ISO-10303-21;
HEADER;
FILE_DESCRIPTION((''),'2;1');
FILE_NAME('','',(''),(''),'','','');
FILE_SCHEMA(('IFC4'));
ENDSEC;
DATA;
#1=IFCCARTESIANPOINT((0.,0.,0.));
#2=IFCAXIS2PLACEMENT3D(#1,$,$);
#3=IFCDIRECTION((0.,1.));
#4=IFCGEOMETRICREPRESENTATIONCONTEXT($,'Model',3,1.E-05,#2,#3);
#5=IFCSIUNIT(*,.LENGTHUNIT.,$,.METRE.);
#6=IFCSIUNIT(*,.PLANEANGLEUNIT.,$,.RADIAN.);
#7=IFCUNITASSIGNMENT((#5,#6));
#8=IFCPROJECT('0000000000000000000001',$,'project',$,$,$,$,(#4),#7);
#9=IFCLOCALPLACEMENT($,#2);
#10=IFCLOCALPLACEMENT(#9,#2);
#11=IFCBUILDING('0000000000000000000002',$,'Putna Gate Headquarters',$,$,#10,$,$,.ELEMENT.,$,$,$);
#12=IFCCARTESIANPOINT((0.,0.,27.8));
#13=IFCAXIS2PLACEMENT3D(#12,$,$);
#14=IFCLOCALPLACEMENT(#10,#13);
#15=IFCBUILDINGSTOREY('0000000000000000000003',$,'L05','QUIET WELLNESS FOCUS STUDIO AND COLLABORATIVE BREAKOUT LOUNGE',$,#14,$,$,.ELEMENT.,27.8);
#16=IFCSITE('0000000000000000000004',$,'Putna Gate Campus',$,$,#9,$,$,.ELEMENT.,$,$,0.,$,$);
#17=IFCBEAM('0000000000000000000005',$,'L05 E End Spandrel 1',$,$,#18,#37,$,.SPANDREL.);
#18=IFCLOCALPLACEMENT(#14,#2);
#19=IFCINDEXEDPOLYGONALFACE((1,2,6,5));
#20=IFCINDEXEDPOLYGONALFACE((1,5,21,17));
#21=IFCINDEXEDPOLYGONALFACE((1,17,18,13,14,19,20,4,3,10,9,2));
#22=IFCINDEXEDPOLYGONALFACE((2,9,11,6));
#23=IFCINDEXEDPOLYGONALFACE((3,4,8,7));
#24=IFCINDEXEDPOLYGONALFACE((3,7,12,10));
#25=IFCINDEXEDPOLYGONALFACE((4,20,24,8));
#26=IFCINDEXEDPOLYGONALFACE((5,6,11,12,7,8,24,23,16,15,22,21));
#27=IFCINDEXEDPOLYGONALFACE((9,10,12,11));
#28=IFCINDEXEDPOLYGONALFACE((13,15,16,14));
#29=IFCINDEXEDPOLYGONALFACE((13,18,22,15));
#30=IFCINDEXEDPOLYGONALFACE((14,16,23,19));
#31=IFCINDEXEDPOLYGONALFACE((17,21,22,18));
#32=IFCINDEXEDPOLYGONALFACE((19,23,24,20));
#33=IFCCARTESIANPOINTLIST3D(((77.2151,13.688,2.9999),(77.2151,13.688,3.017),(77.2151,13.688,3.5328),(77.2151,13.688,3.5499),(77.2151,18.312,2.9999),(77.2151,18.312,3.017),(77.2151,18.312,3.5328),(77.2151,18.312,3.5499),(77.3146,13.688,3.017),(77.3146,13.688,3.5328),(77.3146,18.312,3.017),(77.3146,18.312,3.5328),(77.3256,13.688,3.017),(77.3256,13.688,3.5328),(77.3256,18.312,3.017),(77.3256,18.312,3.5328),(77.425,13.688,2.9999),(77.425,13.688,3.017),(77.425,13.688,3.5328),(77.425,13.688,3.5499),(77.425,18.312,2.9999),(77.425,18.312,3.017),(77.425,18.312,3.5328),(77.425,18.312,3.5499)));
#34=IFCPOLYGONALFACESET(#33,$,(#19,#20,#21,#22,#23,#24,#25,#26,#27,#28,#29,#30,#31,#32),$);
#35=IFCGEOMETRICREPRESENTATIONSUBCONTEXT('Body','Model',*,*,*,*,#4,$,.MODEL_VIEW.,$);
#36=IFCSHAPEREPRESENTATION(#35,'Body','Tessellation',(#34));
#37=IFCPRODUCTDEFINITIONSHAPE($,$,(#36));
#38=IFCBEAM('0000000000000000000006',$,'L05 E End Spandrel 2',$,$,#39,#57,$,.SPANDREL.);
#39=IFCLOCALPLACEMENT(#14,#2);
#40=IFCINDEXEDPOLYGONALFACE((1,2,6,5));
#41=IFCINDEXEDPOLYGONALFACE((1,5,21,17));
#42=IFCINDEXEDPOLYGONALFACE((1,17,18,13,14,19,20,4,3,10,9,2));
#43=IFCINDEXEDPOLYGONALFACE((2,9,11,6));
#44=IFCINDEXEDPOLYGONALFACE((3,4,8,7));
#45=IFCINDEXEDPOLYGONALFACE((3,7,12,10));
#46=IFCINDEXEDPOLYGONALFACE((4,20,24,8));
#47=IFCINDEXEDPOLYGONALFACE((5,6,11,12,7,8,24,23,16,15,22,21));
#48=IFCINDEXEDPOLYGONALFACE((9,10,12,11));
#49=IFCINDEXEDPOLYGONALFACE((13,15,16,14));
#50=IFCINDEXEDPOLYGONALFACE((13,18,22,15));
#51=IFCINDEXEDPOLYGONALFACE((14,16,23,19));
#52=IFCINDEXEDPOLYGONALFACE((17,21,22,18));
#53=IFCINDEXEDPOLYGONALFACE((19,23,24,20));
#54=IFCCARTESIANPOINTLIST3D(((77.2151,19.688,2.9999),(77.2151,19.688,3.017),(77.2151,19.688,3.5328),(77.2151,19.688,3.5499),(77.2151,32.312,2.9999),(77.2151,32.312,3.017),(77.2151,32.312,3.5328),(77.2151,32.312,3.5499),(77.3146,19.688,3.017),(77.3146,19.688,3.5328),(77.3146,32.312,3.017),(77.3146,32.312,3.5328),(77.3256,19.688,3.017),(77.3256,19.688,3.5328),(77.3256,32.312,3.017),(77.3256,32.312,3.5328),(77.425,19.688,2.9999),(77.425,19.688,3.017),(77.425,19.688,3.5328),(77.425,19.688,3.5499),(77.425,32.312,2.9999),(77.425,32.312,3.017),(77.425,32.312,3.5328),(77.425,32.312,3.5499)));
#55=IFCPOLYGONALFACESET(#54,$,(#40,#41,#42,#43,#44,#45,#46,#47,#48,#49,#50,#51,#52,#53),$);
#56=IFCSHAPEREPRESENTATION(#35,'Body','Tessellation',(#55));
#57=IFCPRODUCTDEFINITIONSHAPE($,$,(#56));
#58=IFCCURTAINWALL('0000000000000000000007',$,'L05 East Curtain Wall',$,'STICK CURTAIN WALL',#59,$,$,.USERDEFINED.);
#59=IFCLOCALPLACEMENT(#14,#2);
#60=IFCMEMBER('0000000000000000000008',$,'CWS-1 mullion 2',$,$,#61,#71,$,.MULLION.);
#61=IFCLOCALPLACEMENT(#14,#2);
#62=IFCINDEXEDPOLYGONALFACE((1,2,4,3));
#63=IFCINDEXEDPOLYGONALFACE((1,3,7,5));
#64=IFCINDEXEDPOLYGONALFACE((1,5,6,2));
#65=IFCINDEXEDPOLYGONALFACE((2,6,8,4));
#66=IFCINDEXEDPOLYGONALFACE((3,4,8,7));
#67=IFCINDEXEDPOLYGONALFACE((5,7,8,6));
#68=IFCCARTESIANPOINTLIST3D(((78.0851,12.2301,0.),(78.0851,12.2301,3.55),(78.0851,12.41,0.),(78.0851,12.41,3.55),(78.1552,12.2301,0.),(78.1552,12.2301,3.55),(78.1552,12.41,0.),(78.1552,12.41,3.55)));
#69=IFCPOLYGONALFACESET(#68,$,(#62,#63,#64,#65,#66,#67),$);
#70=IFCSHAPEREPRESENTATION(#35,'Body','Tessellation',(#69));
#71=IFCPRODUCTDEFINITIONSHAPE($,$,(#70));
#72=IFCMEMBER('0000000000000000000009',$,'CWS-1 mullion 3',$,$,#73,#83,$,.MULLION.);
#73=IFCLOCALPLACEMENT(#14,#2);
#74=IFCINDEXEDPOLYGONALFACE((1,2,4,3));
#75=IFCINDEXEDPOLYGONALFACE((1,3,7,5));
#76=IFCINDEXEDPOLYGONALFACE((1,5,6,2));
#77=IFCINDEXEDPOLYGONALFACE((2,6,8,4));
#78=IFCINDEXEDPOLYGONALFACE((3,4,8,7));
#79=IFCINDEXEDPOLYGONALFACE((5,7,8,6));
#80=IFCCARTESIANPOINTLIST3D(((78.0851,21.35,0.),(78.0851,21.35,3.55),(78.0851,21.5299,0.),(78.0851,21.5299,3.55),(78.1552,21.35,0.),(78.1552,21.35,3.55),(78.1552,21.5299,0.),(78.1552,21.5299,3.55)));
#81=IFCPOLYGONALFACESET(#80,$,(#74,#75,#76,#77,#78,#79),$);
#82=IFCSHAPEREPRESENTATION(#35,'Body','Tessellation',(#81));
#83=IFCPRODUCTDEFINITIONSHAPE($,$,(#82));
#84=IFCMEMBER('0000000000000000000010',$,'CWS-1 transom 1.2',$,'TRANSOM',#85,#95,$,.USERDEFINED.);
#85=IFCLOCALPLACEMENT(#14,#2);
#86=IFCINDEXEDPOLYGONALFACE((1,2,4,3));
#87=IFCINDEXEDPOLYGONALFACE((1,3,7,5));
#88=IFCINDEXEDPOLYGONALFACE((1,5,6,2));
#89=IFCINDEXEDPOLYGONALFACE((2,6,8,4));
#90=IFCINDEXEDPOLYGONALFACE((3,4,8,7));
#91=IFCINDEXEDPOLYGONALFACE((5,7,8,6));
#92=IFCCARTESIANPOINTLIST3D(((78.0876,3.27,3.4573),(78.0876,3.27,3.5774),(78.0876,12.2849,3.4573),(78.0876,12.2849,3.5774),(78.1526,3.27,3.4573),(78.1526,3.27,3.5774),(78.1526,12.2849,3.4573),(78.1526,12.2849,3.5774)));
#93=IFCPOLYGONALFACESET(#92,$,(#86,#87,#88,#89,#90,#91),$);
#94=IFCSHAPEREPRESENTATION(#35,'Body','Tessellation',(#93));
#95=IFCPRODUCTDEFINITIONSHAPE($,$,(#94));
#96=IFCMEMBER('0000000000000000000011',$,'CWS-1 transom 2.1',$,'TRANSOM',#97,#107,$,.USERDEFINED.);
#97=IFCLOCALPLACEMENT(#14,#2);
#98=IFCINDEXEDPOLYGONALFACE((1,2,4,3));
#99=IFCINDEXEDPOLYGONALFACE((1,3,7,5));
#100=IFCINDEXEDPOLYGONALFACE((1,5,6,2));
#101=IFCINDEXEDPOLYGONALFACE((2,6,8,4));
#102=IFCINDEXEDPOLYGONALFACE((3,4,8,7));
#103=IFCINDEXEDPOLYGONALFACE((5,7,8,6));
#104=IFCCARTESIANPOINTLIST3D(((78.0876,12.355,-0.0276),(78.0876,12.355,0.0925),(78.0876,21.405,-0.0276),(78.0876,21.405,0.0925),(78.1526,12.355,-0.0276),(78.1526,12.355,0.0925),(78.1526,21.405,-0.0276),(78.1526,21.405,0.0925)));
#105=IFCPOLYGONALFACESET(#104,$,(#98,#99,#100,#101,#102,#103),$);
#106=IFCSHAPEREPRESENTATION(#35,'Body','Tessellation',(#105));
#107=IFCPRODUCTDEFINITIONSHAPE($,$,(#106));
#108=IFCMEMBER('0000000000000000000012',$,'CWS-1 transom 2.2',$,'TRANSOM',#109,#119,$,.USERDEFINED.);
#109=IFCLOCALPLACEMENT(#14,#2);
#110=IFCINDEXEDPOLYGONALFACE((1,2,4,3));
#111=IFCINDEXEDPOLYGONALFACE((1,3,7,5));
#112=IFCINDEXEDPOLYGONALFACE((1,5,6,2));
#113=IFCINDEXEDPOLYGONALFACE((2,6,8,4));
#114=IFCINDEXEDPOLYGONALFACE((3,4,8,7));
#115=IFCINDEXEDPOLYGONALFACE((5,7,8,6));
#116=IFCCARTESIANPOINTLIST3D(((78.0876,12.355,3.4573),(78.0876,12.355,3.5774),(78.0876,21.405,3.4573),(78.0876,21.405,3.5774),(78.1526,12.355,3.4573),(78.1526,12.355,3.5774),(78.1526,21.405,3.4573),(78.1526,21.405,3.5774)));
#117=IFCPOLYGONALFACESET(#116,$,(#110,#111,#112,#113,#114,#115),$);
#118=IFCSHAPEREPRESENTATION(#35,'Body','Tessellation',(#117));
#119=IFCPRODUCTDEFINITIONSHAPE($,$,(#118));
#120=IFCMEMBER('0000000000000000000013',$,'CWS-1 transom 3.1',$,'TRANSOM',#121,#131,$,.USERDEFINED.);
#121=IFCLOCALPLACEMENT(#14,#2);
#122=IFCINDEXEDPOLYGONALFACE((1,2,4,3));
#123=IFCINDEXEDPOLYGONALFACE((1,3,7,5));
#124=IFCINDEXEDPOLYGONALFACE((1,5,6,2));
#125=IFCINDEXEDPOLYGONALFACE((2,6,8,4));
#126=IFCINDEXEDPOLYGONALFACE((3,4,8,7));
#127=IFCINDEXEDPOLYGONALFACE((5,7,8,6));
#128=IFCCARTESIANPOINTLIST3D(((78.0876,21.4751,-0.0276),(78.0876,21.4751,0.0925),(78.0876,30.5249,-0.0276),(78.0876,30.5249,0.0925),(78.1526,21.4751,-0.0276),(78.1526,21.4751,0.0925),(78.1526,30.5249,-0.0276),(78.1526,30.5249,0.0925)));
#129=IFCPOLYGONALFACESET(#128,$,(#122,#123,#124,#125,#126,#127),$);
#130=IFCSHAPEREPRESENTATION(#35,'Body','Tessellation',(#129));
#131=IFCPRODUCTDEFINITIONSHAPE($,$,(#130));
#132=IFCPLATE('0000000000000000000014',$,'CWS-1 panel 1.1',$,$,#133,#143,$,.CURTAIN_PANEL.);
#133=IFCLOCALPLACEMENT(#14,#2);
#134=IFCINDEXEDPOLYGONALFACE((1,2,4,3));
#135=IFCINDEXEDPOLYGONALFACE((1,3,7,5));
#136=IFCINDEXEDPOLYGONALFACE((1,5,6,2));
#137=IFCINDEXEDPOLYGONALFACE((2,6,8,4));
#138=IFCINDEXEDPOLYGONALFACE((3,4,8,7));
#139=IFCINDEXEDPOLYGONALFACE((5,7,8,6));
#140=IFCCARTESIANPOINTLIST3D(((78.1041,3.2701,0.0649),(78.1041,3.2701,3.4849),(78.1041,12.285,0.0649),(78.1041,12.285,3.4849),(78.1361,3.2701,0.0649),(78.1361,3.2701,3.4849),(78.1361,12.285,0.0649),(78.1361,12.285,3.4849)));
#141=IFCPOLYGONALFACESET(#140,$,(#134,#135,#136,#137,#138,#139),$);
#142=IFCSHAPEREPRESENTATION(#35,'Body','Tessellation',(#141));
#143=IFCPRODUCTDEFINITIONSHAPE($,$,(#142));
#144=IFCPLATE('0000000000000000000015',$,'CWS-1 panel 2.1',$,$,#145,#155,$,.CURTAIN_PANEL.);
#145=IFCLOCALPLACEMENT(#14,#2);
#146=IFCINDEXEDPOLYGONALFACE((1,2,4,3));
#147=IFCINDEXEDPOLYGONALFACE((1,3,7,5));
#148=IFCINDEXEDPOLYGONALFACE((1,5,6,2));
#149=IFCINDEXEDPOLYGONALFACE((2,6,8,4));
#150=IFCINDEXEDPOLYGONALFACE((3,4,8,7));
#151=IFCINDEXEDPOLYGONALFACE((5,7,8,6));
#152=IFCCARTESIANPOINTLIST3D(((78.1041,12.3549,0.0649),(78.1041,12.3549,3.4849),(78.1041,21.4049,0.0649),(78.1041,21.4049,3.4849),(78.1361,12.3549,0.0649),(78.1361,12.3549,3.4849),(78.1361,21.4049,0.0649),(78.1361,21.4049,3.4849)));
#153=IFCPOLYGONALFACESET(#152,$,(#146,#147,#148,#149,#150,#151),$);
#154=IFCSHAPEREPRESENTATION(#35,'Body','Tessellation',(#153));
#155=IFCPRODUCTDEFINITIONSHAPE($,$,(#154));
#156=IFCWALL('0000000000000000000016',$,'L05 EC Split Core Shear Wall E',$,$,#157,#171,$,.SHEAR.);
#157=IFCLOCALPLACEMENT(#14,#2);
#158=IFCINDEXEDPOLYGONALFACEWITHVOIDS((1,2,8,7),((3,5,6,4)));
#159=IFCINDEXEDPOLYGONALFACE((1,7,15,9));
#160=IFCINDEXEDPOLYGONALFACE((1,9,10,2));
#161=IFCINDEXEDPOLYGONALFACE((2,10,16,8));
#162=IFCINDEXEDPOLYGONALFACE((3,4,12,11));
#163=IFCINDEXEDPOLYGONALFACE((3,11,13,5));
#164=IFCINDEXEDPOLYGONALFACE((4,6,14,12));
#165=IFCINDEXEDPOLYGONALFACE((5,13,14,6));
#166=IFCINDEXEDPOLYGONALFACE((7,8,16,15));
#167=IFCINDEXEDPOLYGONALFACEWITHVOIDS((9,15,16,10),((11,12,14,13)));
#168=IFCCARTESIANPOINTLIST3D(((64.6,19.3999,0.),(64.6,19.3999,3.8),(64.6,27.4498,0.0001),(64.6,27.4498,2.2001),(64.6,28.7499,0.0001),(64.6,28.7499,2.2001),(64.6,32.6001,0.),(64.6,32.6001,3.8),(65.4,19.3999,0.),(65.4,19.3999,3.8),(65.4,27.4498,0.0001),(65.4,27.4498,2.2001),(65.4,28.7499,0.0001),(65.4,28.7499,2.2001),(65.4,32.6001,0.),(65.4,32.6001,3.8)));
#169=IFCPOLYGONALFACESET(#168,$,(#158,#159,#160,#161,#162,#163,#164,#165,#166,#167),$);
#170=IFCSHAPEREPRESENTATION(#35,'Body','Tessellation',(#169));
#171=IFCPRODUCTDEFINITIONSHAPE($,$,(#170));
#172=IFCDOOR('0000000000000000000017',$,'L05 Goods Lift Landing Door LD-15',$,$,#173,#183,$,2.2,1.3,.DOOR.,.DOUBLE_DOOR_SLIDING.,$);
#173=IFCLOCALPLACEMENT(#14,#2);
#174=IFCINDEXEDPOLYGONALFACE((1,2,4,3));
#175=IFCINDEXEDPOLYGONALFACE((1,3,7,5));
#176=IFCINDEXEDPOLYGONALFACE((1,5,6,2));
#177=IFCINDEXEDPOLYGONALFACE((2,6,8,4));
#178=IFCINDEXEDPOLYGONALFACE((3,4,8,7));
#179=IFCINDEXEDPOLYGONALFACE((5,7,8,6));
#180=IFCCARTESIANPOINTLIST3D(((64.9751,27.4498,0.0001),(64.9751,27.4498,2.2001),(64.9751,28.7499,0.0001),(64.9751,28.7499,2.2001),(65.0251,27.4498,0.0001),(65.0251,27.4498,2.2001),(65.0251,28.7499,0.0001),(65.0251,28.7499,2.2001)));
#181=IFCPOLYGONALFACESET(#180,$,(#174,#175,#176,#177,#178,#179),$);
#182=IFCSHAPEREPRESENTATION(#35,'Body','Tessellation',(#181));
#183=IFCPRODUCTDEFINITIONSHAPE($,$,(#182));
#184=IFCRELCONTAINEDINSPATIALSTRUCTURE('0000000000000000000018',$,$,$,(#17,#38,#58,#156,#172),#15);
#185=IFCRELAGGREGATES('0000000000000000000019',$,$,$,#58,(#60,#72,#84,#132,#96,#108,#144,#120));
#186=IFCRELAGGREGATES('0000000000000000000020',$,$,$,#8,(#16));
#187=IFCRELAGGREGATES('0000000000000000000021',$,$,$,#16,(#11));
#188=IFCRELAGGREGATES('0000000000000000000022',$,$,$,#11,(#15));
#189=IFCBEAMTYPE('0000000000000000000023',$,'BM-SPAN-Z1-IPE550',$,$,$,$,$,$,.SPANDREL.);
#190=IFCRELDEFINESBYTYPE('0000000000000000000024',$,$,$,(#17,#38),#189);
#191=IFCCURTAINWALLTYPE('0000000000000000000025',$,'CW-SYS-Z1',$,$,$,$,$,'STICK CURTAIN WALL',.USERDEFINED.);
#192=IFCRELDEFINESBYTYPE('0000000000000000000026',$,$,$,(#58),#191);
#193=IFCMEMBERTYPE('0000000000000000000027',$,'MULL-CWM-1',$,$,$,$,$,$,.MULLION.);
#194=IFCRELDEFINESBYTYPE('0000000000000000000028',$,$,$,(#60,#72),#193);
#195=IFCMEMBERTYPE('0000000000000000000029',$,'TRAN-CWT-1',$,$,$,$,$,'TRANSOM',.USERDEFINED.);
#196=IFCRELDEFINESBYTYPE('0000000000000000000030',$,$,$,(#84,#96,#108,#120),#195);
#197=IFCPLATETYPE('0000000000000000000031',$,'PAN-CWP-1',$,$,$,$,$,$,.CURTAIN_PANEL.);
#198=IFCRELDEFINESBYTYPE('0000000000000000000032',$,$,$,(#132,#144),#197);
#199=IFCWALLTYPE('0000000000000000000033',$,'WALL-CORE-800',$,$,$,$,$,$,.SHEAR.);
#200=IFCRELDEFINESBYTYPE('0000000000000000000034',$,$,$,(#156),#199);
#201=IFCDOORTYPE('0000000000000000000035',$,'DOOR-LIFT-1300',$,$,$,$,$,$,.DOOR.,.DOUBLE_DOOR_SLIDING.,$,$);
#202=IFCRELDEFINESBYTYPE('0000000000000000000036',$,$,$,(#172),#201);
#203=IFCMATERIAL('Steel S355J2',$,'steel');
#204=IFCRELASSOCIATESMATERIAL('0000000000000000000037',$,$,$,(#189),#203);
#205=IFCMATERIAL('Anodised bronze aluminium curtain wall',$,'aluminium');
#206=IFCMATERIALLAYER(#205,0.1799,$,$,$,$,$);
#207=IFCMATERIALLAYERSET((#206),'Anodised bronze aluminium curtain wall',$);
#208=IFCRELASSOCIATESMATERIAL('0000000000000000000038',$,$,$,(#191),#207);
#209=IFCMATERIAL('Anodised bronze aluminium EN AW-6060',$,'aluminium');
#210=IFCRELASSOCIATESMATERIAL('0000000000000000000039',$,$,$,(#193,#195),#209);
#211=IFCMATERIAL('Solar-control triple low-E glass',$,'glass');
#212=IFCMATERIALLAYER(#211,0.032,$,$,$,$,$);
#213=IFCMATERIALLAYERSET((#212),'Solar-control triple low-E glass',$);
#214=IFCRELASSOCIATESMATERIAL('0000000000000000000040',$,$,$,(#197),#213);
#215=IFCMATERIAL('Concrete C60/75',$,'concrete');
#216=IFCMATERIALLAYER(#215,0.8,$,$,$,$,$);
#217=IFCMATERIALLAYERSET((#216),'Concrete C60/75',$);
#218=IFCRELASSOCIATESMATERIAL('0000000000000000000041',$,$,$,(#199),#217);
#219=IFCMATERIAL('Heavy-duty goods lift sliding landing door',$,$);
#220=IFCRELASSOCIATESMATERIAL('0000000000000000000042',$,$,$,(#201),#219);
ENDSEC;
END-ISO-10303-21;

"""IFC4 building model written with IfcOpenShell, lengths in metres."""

from ifc_helpers import new_model, si_unit, direction, frame, frame_2d, origin, origin_2d, place, context, subcontext, project, spatial, rectangle, i_section, extrude, material, layer, layer_set, material_profile, profile_set, type_object, element, fill, aggregate, save


model = new_model("IFC4")

# Units and contexts
model_context = context("Model", 3, precision=1e-05, world=origin(), true_north=direction((0.0, 1.0)))
body_context = subcontext(model_context, "Body", "Model", "MODEL_VIEW")
ifc_project = project(units=[si_unit("LENGTHUNIT", "METRE"), si_unit("PLANEANGLEUNIT", "RADIAN")], contexts=[model_context])

# Site, building, storey
site_placement = place(None, origin())
site = spatial("IfcSite", under=ifc_project, at=site_placement, Name="Putna Gate Campus", CompositionType="ELEMENT", RefElevation=0.0)
building_placement = place(site_placement, origin())
building = spatial("IfcBuilding", under=site, at=building_placement, Name="Putna Gate Headquarters", CompositionType="ELEMENT")
storey_placement = place(building_placement, frame((0.0, 0.0, 27.8)))
storey = spatial("IfcBuildingStorey", under=building, at=storey_placement, Name="L05", Description="QUIET WELLNESS FOCUS STUDIO AND COLLABORATIVE BREAKOUT LOUNGE", CompositionType="ELEMENT", Elevation=27.8)

# Shared definitions
ifc_material_1 = material(Name="Concrete C60/75", Category="concrete")

# Beams
ifc_material_2 = material(Name="Steel S355J2", Category="steel")
ifc_material_profile_1 = material_profile(ifc_material_2, i_section(OverallWidth=0.21, OverallDepth=0.55, WebThickness=0.011, FlangeThickness=0.0171, at=origin_2d()), Name="Steel S355J2")
ifc_profile_set_1 = profile_set([ifc_material_profile_1], Name="Steel S355J2")
beam_type_1 = type_object("IfcBeamType", Name="BM-SPAN-Z1-IPE550", PredefinedType="SPANDREL", material=ifc_profile_set_1)
beam_1_placement = place(storey_placement, frame((77.3201, 13.688, 3.2749), z_axis=(0.0, 1.0, 0.0), x_axis=(-1.0, 0.0, 0.0)))
element("IfcBeam", 1, at=beam_1_placement, inside=storey, type_object=beam_type_1, Name="L05 E End Spandrel 1", PredefinedType="SPANDREL", context=body_context, shape_type="SweptSolid", body=[
    extrude(i_section(OverallWidth=0.21, OverallDepth=0.55, WebThickness=0.011, FlangeThickness=0.0171, at=origin_2d()), origin(), (0.0, 0.0, 1.0), 4.624),
])
beam_2_placement = place(storey_placement, frame((77.3201, 19.688, 3.2749), z_axis=(0.0, 1.0, 0.0), x_axis=(-1.0, 0.0, 0.0)))
element("IfcBeam", 2, at=beam_2_placement, inside=storey, type_object=beam_type_1, Name="L05 E End Spandrel 2", PredefinedType="SPANDREL", context=body_context, shape_type="SweptSolid", body=[
    extrude(i_section(OverallWidth=0.21, OverallDepth=0.55, WebThickness=0.011, FlangeThickness=0.0171, at=origin_2d()), origin(), (0.0, 0.0, 1.0), 12.624),
])

# Curtain wall, members, plates
ifc_material_3 = material(Name="Anodised bronze aluminium curtain wall", Category="aluminium")
ifc_layer_1 = layer(ifc_material_3, 0.1799)
ifc_layer_set_1 = layer_set([ifc_layer_1], Name="Anodised bronze aluminium curtain wall")
curtain_wall_type = type_object("IfcCurtainWallType", Name="CW-SYS-Z1", ElementType="STICK CURTAIN WALL", PredefinedType="USERDEFINED", material=ifc_layer_set_1)
curtain_wall_placement = place(storey_placement, origin())
curtain_wall = element("IfcCurtainWall", 3, at=curtain_wall_placement, inside=storey, type_object=curtain_wall_type, Name="L05 East Curtain Wall", ObjectType="STICK CURTAIN WALL", PredefinedType="USERDEFINED")
ifc_material_4 = material(Name="Anodised bronze aluminium EN AW-6060", Category="aluminium")
ifc_material_profile_2 = material_profile(ifc_material_4, rectangle(XDim=0.0701, YDim=0.1799, at=origin_2d()), Name="Anodised bronze aluminium EN AW-6060")
ifc_profile_set_2 = profile_set([ifc_material_profile_2], Name="Anodised bronze aluminium EN AW-6060")
member_type_1 = type_object("IfcMemberType", Name="MULL-CWM-1", PredefinedType="MULLION", material=ifc_profile_set_2)
member_1_placement = place(storey_placement, frame((78.1201, 12.3201, 0.0), z_axis=(0.0, 0.0, 1.0), x_axis=(-1.0, 0.0, 0.0)))
member_1 = element("IfcMember", 4, at=member_1_placement, type_object=member_type_1, Name="CWS-1 mullion 2", PredefinedType="MULLION", context=body_context, shape_type="SweptSolid", body=[
    extrude(rectangle(XDim=0.0701, YDim=0.1799, at=origin_2d()), origin(), (0.0, 0.0, 1.0), 3.55),
])
member_2_placement = place(storey_placement, frame((78.1201, 21.4399, 0.0), z_axis=(0.0, 0.0, 1.0), x_axis=(-1.0, 0.0, 0.0)))
member_2 = element("IfcMember", 5, at=member_2_placement, type_object=member_type_1, Name="CWS-1 mullion 3", PredefinedType="MULLION", context=body_context, shape_type="SweptSolid", body=[
    extrude(rectangle(XDim=0.0701, YDim=0.1799, at=origin_2d()), origin(), (0.0, 0.0, 1.0), 3.55),
])
ifc_material_profile_3 = material_profile(ifc_material_4, rectangle(XDim=0.0649, YDim=0.1201, at=origin_2d()), Name="Anodised bronze aluminium EN AW-6060")
ifc_profile_set_3 = profile_set([ifc_material_profile_3], Name="Anodised bronze aluminium EN AW-6060")
member_type_2 = type_object("IfcMemberType", Name="TRAN-CWT-1", ElementType="TRANSOM", PredefinedType="USERDEFINED", material=ifc_profile_set_3)
member_3_placement = place(storey_placement, frame((78.1201, 3.27, 3.5173), z_axis=(0.0, 1.0, 0.0), x_axis=(-1.0, 0.0, 0.0)))
member_3 = element("IfcMember", 6, at=member_3_placement, type_object=member_type_2, Name="CWS-1 transom 1.2", ObjectType="TRANSOM", PredefinedType="USERDEFINED", context=body_context, shape_type="SweptSolid", body=[
    extrude(rectangle(XDim=0.0649, YDim=0.1201, at=origin_2d()), origin(), (0.0, 0.0, 1.0), 9.0149),
])
member_4_placement = place(storey_placement, frame((78.1201, 12.355, 0.0325), z_axis=(0.0, 1.0, 0.0), x_axis=(-1.0, 0.0, 0.0)))
member_4 = element("IfcMember", 7, at=member_4_placement, type_object=member_type_2, Name="CWS-1 transom 2.1", ObjectType="TRANSOM", PredefinedType="USERDEFINED", context=body_context, shape_type="SweptSolid", body=[
    extrude(rectangle(XDim=0.0649, YDim=0.1201, at=origin_2d()), origin(), (0.0, 0.0, 1.0), 9.05),
])
member_5_placement = place(storey_placement, frame((78.1201, 12.355, 3.5173), z_axis=(0.0, 1.0, 0.0), x_axis=(-1.0, 0.0, 0.0)))
member_5 = element("IfcMember", 8, at=member_5_placement, type_object=member_type_2, Name="CWS-1 transom 2.2", ObjectType="TRANSOM", PredefinedType="USERDEFINED", context=body_context, shape_type="SweptSolid", body=[
    extrude(rectangle(XDim=0.0649, YDim=0.1201, at=origin_2d()), origin(), (0.0, 0.0, 1.0), 9.05),
])
member_6_placement = place(storey_placement, frame((78.1201, 21.4751, 0.0325), z_axis=(0.0, 1.0, 0.0), x_axis=(-1.0, 0.0, 0.0)))
member_6 = element("IfcMember", 9, at=member_6_placement, type_object=member_type_2, Name="CWS-1 transom 3.1", ObjectType="TRANSOM", PredefinedType="USERDEFINED", context=body_context, shape_type="SweptSolid", body=[
    extrude(rectangle(XDim=0.0649, YDim=0.1201, at=origin_2d()), origin(), (0.0, 0.0, 1.0), 9.0498),
])
ifc_material_5 = material(Name="Solar-control triple low-E glass", Category="glass")
ifc_layer_2 = layer(ifc_material_5, 0.032)
ifc_layer_set_2 = layer_set([ifc_layer_2], Name="Solar-control triple low-E glass")
plate_type = type_object("IfcPlateType", Name="PAN-CWP-1", PredefinedType="CURTAIN_PANEL", material=ifc_layer_set_2)
plate_1_placement = place(storey_placement, frame((78.1201, 7.7776, 0.0649), z_axis=(0.0, 0.0, 1.0), x_axis=(0.0, 1.0, 0.0)))
plate_1 = element("IfcPlate", 10, at=plate_1_placement, type_object=plate_type, Name="CWS-1 panel 1.1", PredefinedType="CURTAIN_PANEL", context=body_context, shape_type="SweptSolid", body=[
    extrude(rectangle(XDim=9.0149, YDim=0.032, at=origin_2d()), origin(), (0.0, 0.0, 1.0), 3.4199),
])
plate_2_placement = place(storey_placement, frame((78.1201, 16.8799, 0.0649), z_axis=(0.0, 0.0, 1.0), x_axis=(0.0, 1.0, 0.0)))
plate_2 = element("IfcPlate", 11, at=plate_2_placement, type_object=plate_type, Name="CWS-1 panel 2.1", PredefinedType="CURTAIN_PANEL", context=body_context, shape_type="SweptSolid", body=[
    extrude(rectangle(XDim=9.05, YDim=0.032, at=origin_2d()), origin(), (0.0, 0.0, 1.0), 3.4199),
])
aggregate(curtain_wall, [member_1, member_2, member_3, plate_1, member_4, member_5, plate_2, member_6])

# Wall, opening, door
ifc_layer_3 = layer(ifc_material_1, 0.8)
ifc_layer_set_3 = layer_set([ifc_layer_3], Name="Concrete C60/75")
wall_type_1 = type_object("IfcWallType", Name="WALL-CORE-800", PredefinedType="SHEAR", material=ifc_layer_set_3)
wall_1_placement = place(storey_placement, frame((65.0, 19.3999, 0.0), z_axis=(0.0, 0.0, 1.0), x_axis=(0.0, 1.0, 0.0)))
wall_1 = element("IfcWall", 12, at=wall_1_placement, inside=storey, type_object=wall_type_1, Name="L05 EC Split Core Shear Wall E", PredefinedType="SHEAR", context=body_context, shape_type="SweptSolid", body=[
    extrude(rectangle(XDim=13.2002, YDim=0.8, at=frame_2d((6.6001, 0.0))), origin(), (0.0, 0.0, 1.0), 3.8),
])
opening_1_placement = place(wall_1_placement, frame((8.05, 0.0, 0.0)))
opening_1 = element("IfcOpeningElement", 13, at=opening_1_placement, cuts=wall_1, PredefinedType="OPENING", context=body_context, shape_type="SweptSolid", body=[
    extrude(rectangle(XDim=1.3, YDim=2.2, at=frame_2d((0.6499, 1.1001))), frame((0.0, 0.4099, 0.0), z_axis=(0.0, -1.0, 0.0), x_axis=(1.0, 0.0, 0.0)), (0.0, 0.0, 1.0), 0.8201),
])
ifc_material_6 = material(Name="Heavy-duty goods lift sliding landing door")
door_type_1 = type_object("IfcDoorType", Name="DOOR-LIFT-1300", OperationType="DOUBLE_DOOR_SLIDING", PredefinedType="DOOR", material=ifc_material_6)
door_1_placement = place(opening_1_placement, origin())
door_1 = element("IfcDoor", 14, at=door_1_placement, inside=storey, type_object=door_type_1, Name="L05 Goods Lift Landing Door LD-15", OperationType="DOUBLE_DOOR_SLIDING", OverallHeight=2.2, OverallWidth=1.3, PredefinedType="DOOR", context=body_context, shape_type="SweptSolid", body=[
    extrude(rectangle(XDim=1.3, YDim=2.2, at=frame_2d((0.6499, 1.1001))), frame((0.0, 0.0249, 0.0), z_axis=(0.0, -1.0, 0.0), x_axis=(1.0, 0.0, 0.0)), (0.0, 0.0, 1.0), 0.05),
])
fill(opening_1, door_1)

save(model, "model.ifc")
